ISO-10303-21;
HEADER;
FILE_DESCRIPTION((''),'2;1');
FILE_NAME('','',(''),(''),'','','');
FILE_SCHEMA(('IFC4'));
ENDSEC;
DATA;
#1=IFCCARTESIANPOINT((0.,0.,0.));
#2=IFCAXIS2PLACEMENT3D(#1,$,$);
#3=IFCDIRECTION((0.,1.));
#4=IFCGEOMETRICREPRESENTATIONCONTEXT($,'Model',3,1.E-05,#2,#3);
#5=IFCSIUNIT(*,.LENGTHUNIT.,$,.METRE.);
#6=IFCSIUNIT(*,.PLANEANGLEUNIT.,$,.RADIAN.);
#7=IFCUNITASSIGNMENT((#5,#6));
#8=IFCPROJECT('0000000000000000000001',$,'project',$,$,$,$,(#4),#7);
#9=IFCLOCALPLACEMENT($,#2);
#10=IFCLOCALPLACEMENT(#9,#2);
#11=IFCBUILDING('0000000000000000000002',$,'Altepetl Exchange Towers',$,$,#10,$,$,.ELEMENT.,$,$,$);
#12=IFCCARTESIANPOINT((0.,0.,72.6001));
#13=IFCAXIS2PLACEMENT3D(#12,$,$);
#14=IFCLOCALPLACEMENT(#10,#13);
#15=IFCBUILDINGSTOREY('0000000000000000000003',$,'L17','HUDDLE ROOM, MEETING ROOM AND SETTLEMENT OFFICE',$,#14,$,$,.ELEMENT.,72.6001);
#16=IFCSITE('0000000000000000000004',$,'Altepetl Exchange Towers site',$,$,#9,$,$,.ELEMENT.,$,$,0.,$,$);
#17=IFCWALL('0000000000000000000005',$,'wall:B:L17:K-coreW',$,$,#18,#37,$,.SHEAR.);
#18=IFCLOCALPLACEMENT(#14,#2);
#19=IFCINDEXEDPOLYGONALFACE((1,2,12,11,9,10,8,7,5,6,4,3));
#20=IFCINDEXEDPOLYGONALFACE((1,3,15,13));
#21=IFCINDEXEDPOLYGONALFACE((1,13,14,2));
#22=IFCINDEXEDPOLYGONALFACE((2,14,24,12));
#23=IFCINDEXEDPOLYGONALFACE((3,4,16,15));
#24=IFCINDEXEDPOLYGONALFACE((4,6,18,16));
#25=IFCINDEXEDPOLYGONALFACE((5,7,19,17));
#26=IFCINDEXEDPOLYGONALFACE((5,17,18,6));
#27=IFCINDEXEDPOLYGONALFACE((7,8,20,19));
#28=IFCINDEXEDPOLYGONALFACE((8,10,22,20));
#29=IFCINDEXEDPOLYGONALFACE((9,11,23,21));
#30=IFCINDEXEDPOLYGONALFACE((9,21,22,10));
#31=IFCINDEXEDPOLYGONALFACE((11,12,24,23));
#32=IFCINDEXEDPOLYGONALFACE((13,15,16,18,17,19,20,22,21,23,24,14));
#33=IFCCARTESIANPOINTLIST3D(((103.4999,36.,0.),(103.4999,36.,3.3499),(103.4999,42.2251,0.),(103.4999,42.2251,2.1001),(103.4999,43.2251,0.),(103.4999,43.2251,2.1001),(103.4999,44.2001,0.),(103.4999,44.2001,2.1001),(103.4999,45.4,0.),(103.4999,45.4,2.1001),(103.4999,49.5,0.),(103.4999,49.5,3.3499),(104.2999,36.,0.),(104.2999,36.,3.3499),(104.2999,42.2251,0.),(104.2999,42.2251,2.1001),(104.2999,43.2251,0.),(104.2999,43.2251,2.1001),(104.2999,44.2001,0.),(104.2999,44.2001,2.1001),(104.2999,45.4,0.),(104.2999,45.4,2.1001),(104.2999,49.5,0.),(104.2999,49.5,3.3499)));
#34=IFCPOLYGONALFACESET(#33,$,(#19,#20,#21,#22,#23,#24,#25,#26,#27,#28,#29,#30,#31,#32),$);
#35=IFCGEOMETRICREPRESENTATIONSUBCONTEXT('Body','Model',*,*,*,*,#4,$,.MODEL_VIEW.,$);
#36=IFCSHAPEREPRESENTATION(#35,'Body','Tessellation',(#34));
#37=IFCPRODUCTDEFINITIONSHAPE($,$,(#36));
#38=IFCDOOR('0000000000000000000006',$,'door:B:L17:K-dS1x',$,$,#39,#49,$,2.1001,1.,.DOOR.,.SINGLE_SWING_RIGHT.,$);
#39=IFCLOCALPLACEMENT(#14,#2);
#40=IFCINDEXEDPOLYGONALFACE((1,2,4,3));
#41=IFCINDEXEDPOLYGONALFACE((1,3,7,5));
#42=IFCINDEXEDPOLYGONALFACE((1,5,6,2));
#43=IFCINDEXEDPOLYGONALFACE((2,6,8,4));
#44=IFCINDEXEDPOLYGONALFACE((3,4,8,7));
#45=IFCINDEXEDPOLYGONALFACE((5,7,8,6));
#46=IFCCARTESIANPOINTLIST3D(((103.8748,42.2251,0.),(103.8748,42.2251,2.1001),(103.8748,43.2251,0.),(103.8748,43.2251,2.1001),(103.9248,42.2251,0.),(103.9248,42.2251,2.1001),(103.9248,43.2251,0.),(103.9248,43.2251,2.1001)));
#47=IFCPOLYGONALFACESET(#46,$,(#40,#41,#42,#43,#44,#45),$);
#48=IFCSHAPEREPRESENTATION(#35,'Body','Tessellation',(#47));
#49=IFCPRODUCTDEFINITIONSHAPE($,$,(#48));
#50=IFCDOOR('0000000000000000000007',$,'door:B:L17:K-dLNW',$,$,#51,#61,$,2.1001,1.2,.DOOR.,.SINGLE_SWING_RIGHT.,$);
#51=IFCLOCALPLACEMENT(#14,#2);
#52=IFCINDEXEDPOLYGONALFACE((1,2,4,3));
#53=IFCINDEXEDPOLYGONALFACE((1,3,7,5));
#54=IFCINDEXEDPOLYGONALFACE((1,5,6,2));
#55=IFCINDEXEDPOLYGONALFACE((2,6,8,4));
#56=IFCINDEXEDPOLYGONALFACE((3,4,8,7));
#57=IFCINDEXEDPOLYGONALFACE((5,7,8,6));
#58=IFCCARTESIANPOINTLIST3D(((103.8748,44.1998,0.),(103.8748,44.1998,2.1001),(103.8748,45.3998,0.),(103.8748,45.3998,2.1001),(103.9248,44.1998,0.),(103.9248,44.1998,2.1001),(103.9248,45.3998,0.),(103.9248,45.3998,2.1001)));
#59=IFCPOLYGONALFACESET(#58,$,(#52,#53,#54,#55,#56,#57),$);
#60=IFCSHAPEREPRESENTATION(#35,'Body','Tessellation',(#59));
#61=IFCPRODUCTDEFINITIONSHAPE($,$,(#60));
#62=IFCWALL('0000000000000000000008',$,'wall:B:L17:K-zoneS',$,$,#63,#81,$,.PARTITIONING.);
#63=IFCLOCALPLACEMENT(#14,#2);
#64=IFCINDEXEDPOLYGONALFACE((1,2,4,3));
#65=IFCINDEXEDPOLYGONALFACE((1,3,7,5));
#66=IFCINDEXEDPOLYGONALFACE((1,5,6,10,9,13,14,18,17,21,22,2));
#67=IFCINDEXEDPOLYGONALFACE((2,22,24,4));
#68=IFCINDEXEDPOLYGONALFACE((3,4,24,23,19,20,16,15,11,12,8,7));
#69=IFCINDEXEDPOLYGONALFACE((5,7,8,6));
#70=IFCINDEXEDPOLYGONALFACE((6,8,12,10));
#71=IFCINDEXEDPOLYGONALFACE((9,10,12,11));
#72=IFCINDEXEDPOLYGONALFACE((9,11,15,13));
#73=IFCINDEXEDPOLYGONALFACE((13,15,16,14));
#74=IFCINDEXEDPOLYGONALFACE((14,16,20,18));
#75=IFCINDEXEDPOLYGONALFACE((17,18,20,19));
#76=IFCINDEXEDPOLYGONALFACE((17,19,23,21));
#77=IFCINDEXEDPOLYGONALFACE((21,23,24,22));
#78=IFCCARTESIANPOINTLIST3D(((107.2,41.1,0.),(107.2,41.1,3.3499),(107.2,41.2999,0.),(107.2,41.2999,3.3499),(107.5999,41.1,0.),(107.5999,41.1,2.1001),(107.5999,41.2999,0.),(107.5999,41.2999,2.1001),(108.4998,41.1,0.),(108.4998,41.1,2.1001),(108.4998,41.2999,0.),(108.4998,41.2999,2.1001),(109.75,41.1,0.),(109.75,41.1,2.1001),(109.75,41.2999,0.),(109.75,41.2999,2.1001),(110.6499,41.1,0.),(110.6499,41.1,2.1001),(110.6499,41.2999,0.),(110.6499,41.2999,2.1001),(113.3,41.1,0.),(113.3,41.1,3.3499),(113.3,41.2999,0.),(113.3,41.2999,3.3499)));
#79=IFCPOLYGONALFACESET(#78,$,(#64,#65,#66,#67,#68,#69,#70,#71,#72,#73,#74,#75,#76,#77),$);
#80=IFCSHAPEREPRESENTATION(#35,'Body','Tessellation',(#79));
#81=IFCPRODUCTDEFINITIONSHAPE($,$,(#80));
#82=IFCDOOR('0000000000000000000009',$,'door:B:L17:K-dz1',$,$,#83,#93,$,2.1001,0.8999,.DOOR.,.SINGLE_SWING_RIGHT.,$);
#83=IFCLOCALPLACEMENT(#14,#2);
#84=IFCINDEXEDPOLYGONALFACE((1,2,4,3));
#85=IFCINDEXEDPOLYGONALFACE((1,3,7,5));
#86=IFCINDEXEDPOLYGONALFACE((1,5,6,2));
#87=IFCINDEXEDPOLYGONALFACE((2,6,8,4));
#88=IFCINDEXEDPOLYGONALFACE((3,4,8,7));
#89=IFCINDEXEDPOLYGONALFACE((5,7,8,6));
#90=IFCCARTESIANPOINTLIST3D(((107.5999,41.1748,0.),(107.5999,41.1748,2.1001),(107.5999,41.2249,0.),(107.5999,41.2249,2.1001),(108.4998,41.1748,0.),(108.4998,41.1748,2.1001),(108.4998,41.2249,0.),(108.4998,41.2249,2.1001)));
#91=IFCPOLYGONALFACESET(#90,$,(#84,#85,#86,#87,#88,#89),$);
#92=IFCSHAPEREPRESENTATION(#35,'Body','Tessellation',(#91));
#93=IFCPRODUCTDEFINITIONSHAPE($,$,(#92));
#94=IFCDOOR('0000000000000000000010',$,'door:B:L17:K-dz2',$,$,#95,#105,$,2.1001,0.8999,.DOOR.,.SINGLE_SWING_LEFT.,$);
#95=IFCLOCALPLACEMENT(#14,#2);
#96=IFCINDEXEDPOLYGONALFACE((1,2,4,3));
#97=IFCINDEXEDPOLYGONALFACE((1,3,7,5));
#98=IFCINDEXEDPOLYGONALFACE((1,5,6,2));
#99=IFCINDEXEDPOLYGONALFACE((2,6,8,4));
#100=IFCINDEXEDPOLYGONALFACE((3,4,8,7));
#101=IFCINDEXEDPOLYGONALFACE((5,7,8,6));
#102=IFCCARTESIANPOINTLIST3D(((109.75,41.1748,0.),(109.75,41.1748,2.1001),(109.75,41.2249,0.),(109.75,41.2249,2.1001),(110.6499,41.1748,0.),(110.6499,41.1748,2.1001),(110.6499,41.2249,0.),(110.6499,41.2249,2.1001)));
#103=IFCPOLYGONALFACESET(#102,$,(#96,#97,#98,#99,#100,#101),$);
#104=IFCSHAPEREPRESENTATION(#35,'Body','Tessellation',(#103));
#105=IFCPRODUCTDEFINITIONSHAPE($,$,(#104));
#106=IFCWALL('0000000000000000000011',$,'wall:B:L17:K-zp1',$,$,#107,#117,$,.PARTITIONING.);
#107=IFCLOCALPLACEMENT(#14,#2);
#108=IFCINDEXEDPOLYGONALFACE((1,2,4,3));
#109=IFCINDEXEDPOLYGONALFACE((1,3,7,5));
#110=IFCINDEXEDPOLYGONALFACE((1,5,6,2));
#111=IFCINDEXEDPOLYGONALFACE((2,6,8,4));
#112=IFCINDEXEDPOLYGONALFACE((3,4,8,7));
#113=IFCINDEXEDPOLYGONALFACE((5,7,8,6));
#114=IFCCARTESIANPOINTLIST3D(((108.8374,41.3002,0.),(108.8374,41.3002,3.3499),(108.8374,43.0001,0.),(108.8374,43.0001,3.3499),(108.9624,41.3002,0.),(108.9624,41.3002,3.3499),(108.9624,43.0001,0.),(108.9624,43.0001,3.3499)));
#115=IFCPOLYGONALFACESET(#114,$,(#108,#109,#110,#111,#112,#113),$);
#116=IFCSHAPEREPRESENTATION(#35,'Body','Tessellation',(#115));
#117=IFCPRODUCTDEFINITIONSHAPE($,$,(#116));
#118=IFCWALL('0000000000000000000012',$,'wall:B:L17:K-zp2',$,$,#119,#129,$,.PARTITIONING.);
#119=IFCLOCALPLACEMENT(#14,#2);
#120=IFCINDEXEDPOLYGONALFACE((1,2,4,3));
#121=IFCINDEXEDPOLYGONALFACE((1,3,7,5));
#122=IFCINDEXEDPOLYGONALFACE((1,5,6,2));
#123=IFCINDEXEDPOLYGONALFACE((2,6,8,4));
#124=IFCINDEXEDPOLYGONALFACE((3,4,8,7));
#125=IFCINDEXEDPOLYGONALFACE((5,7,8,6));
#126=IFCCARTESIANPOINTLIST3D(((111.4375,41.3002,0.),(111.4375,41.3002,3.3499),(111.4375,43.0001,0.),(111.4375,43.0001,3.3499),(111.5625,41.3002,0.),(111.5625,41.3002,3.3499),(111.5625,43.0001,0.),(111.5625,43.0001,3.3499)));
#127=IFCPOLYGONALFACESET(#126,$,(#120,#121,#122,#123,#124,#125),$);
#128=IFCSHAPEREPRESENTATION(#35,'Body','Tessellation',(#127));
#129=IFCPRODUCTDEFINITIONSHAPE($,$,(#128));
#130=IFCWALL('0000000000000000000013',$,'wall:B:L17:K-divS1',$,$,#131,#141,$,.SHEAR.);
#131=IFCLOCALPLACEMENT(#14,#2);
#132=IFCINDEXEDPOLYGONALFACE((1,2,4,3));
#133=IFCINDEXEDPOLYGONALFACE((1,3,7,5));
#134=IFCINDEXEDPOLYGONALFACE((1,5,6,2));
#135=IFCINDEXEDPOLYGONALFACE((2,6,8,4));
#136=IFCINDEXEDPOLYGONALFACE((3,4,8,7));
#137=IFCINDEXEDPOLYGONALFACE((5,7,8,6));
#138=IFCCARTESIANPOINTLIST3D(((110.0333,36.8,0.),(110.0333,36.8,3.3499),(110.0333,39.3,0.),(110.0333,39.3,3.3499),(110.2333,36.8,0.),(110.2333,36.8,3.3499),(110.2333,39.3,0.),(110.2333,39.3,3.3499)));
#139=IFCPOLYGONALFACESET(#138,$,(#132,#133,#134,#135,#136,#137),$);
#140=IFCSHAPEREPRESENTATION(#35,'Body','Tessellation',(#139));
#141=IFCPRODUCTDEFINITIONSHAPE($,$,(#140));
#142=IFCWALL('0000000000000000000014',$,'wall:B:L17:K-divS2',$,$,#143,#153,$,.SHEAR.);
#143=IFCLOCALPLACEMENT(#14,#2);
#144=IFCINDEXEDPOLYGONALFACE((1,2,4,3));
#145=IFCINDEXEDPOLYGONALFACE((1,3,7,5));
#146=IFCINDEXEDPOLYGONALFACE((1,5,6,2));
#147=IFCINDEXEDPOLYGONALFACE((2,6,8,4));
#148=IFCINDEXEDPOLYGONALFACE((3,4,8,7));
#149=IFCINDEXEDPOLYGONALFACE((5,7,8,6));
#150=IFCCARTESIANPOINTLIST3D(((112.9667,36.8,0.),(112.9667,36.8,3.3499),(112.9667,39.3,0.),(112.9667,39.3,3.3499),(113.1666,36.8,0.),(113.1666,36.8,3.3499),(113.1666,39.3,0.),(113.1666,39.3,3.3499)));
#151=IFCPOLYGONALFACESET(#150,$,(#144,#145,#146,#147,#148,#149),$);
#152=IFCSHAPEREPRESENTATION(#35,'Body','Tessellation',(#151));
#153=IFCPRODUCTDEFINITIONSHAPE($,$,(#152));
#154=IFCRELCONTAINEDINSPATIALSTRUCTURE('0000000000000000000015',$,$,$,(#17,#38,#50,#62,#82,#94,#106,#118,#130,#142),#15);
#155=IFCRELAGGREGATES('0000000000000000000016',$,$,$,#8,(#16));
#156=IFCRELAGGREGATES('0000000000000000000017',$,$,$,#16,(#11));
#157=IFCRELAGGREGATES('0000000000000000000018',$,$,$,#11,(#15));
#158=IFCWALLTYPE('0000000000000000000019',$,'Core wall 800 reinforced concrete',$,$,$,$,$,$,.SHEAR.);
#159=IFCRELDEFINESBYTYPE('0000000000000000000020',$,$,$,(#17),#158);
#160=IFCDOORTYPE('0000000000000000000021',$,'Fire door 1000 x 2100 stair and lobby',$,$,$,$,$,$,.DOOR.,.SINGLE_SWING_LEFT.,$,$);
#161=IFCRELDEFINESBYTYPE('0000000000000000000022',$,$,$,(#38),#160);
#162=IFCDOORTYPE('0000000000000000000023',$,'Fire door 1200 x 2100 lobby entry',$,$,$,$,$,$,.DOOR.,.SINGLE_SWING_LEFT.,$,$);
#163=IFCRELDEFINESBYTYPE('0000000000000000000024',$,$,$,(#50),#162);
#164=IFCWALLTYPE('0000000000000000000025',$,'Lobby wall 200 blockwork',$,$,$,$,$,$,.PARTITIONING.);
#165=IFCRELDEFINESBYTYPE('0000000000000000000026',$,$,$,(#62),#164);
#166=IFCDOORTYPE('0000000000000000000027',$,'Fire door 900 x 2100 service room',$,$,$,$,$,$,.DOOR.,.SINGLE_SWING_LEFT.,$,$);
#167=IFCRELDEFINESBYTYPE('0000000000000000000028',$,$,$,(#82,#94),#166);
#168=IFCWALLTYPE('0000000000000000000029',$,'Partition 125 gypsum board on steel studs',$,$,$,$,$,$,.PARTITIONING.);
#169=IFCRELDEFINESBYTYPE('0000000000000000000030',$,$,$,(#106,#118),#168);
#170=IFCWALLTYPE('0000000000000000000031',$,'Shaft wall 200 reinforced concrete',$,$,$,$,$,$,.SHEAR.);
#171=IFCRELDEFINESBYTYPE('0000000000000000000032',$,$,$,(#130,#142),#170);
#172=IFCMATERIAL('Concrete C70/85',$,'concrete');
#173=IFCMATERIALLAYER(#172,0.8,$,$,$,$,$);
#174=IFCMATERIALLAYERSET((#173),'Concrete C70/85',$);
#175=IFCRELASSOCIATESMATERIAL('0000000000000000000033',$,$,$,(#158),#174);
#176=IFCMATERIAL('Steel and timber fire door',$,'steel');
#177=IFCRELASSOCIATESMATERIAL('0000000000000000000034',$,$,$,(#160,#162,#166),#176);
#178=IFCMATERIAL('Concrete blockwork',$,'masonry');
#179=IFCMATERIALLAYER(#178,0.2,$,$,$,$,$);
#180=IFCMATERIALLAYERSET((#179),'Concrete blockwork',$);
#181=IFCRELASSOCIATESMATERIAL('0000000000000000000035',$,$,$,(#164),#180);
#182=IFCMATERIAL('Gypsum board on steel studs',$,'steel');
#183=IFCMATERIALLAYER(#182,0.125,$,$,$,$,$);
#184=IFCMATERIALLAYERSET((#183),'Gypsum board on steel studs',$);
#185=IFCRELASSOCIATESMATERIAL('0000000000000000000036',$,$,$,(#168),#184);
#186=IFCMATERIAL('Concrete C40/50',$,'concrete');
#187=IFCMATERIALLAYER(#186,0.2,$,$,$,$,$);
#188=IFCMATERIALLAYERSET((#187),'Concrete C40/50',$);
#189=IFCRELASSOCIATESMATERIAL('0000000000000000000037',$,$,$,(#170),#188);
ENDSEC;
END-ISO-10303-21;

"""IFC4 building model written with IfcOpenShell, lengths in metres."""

from ifc_helpers import new_model, si_unit, direction, frame, frame_2d, origin, place, context, subcontext, project, spatial, rectangle, extrude, material, layer, layer_set, type_object, element, fill, save


model = new_model("IFC4")

# Units and contexts
model_context = context("Model", 3, precision=1e-05, world=origin(), true_north=direction((0.0, 1.0)))
body_context = subcontext(model_context, "Body", "Model", "MODEL_VIEW")
ifc_project = project(units=[si_unit("LENGTHUNIT", "METRE"), si_unit("PLANEANGLEUNIT", "RADIAN")], contexts=[model_context])

# Site, building, storey
site_placement = place(None, origin())
site = spatial("IfcSite", under=ifc_project, at=site_placement, Name="Altepetl Exchange Towers site", CompositionType="ELEMENT", RefElevation=0.0)
building_placement = place(site_placement, origin())
building = spatial("IfcBuilding", under=site, at=building_placement, Name="Altepetl Exchange Towers", CompositionType="ELEMENT")
storey_placement = place(building_placement, frame((0.0, 0.0, 72.6001)))
storey = spatial("IfcBuildingStorey", under=building, at=storey_placement, Name="L17", Description="HUDDLE ROOM, MEETING ROOM AND SETTLEMENT OFFICE", CompositionType="ELEMENT", Elevation=72.6001)

# Shared definitions
ifc_material_1 = material(Name="Concrete C70/85", Category="concrete")

# Shared definitions
ifc_layer_1 = layer(ifc_material_1, 0.8)
ifc_layer_set_1 = layer_set([ifc_layer_1], Name="Concrete C70/85")
wall_type_1 = type_object("IfcWallType", Name="Core wall 800 reinforced concrete", PredefinedType="SHEAR", material=ifc_layer_set_1)
ifc_material_2 = material(Name="Steel and timber fire door", Category="steel")
door_type_1 = type_object("IfcDoorType", Name="Fire door 1000 x 2100 stair and lobby", OperationType="SINGLE_SWING_LEFT", PredefinedType="DOOR", material=ifc_material_2)
door_type_2 = type_object("IfcDoorType", Name="Fire door 1200 x 2100 lobby entry", OperationType="SINGLE_SWING_LEFT", PredefinedType="DOOR", material=ifc_material_2)

# Walls, openings, doors
wall_1_placement = place(storey_placement, frame((103.8999, 36.0, 0.0), z_axis=(0.0, 0.0, 1.0), x_axis=(0.0, 1.0, 0.0)))
wall_1 = element("IfcWall", 1, at=wall_1_placement, inside=storey, type_object=wall_type_1, Name="wall:B:L17:K-coreW", PredefinedType="SHEAR", context=body_context, shape_type="SweptSolid", body=[
    extrude(rectangle(XDim=13.5, YDim=0.8, at=frame_2d((6.75, 0.0))), origin(), (0.0, 0.0, 1.0), 3.3499),
])
opening_1_placement = place(wall_1_placement, frame((8.2, 0.0, 0.0)))
opening_1 = element("IfcOpeningElement", 2, at=opening_1_placement, cuts=wall_1, PredefinedType="OPENING", context=body_context, shape_type="SweptSolid", body=[
    extrude(rectangle(XDim=1.2, YDim=2.1001, at=frame_2d((0.6001, 1.05))), frame((0.0, 0.4102, 0.0), z_axis=(0.0, -1.0, 0.0), x_axis=(1.0, 0.0, 0.0)), (0.0, 0.0, 1.0), 0.8201),
])
opening_2_placement = place(wall_1_placement, frame((6.2251, 0.0, 0.0)))
opening_2 = element("IfcOpeningElement", 3, at=opening_2_placement, cuts=wall_1, PredefinedType="OPENING", context=body_context, shape_type="SweptSolid", body=[
    extrude(rectangle(XDim=1.0, YDim=2.1001, at=frame_2d((0.5, 1.05))), frame((0.0, 0.4102, 0.0), z_axis=(0.0, -1.0, 0.0), x_axis=(1.0, 0.0, 0.0)), (0.0, 0.0, 1.0), 0.8201),
])
door_1_placement = place(opening_2_placement, frame((1.0, 0.0, 0.0), x_axis=(-1.0, 0.0, 0.0)))
door_1 = element("IfcDoor", 4, at=door_1_placement, inside=storey, type_object=door_type_1, Name="door:B:L17:K-dS1x", OperationType="SINGLE_SWING_RIGHT", OverallHeight=2.1001, OverallWidth=1.0, PredefinedType="DOOR", context=body_context, shape_type="SweptSolid", body=[
    extrude(rectangle(XDim=1.0, YDim=2.1001, at=frame_2d((0.5, 1.05))), frame((0.0, 0.0249, 0.0), z_axis=(0.0, -1.0, 0.0), x_axis=(1.0, 0.0, 0.0)), (0.0, 0.0, 1.0), 0.05),
])
fill(opening_2, door_1)
door_2_placement = place(opening_1_placement, frame((1.2, 0.0, 0.0), x_axis=(-1.0, 0.0, 0.0)))
door_2 = element("IfcDoor", 5, at=door_2_placement, inside=storey, type_object=door_type_2, Name="door:B:L17:K-dLNW", OperationType="SINGLE_SWING_RIGHT", OverallHeight=2.1001, OverallWidth=1.2, PredefinedType="DOOR", context=body_context, shape_type="SweptSolid", body=[
    extrude(rectangle(XDim=1.2, YDim=2.1001, at=frame_2d((0.6001, 1.05))), frame((0.0, 0.0249, 0.0), z_axis=(0.0, -1.0, 0.0), x_axis=(1.0, 0.0, 0.0)), (0.0, 0.0, 1.0), 0.05),
])
fill(opening_1, door_2)
ifc_material_3 = material(Name="Concrete blockwork", Category="masonry")
ifc_layer_2 = layer(ifc_material_3, 0.2)
ifc_layer_set_2 = layer_set([ifc_layer_2], Name="Concrete blockwork")
wall_type_2 = type_object("IfcWallType", Name="Lobby wall 200 blockwork", PredefinedType="PARTITIONING", material=ifc_layer_set_2)
wall_2_placement = place(storey_placement, frame((107.2, 41.2, 0.0)))
wall_2 = element("IfcWall", 6, at=wall_2_placement, inside=storey, type_object=wall_type_2, Name="wall:B:L17:K-zoneS", PredefinedType="PARTITIONING", context=body_context, shape_type="SweptSolid", body=[
    extrude(rectangle(XDim=6.1001, YDim=0.2, at=frame_2d((3.05, 0.0))), origin(), (0.0, 0.0, 1.0), 3.3499),
])
opening_3_placement = place(wall_2_placement, frame((0.3999, 0.0, 0.0)))
opening_3 = element("IfcOpeningElement", 7, at=opening_3_placement, cuts=wall_2, PredefinedType="OPENING", context=body_context, shape_type="SweptSolid", body=[
    extrude(rectangle(XDim=0.8999, YDim=2.1001, at=frame_2d((0.45, 1.05))), frame((0.0, 0.1099, 0.0), z_axis=(0.0, -1.0, 0.0), x_axis=(1.0, 0.0, 0.0)), (0.0, 0.0, 1.0), 0.22),
])
opening_4_placement = place(wall_2_placement, frame((2.55, 0.0, 0.0)))
opening_4 = element("IfcOpeningElement", 8, at=opening_4_placement, cuts=wall_2, PredefinedType="OPENING", context=body_context, shape_type="SweptSolid", body=[
    extrude(rectangle(XDim=0.8999, YDim=2.1001, at=frame_2d((0.45, 1.05))), frame((0.0, 0.1099, 0.0), z_axis=(0.0, -1.0, 0.0), x_axis=(1.0, 0.0, 0.0)), (0.0, 0.0, 1.0), 0.22),
])
door_type_3 = type_object("IfcDoorType", Name="Fire door 900 x 2100 service room", OperationType="SINGLE_SWING_LEFT", PredefinedType="DOOR", material=ifc_material_2)
door_3_placement = place(opening_3_placement, origin())
door_3 = element("IfcDoor", 9, at=door_3_placement, inside=storey, type_object=door_type_3, Name="door:B:L17:K-dz1", OperationType="SINGLE_SWING_RIGHT", OverallHeight=2.1001, OverallWidth=0.8999, PredefinedType="DOOR", context=body_context, shape_type="SweptSolid", body=[
    extrude(rectangle(XDim=0.8999, YDim=2.1001, at=frame_2d((0.45, 1.05))), frame((0.0, 0.0249, 0.0), z_axis=(0.0, -1.0, 0.0), x_axis=(1.0, 0.0, 0.0)), (0.0, 0.0, 1.0), 0.05),
])
fill(opening_3, door_3)
door_4_placement = place(opening_4_placement, origin())
door_4 = element("IfcDoor", 10, at=door_4_placement, inside=storey, type_object=door_type_3, Name="door:B:L17:K-dz2", OperationType="SINGLE_SWING_LEFT", OverallHeight=2.1001, OverallWidth=0.8999, PredefinedType="DOOR", context=body_context, shape_type="SweptSolid", body=[
    extrude(rectangle(XDim=0.8999, YDim=2.1001, at=frame_2d((0.45, 1.05))), frame((0.0, 0.0249, 0.0), z_axis=(0.0, -1.0, 0.0), x_axis=(1.0, 0.0, 0.0)), (0.0, 0.0, 1.0), 0.05),
])
fill(opening_4, door_4)

# Walls
ifc_material_4 = material(Name="Gypsum board on steel studs", Category="steel")
ifc_layer_3 = layer(ifc_material_4, 0.125)
ifc_layer_set_3 = layer_set([ifc_layer_3], Name="Gypsum board on steel studs")
wall_type_3 = type_object("IfcWallType", Name="Partition 125 gypsum board on steel studs", PredefinedType="PARTITIONING", material=ifc_layer_set_3)
for number, where, z_axis, x_axis, name in (
    (11, (108.8999, 41.3, 0.0), (0.0, 0.0, 1.0), (0.0, 1.0, 0.0), "wall:B:L17:K-zp1"),
    (12, (111.5, 41.3, 0.0), (0.0, 0.0, 1.0), (0.0, 1.0, 0.0), "wall:B:L17:K-zp2"),
):
    element("IfcWall", number, at=place(storey_placement, frame(where, z_axis=z_axis, x_axis=x_axis)), inside=storey, type_object=wall_type_3, Name=name, PredefinedType="PARTITIONING", context=body_context, shape_type="SweptSolid", body=[
        extrude(rectangle(XDim=1.7, YDim=0.125, at=frame_2d((0.8501, 0.0))), origin(), (0.0, 0.0, 1.0), 3.3499),
    ])
ifc_material_5 = material(Name="Concrete C40/50", Category="concrete")
ifc_layer_4 = layer(ifc_material_5, 0.2)
ifc_layer_set_4 = layer_set([ifc_layer_4], Name="Concrete C40/50")
wall_type_4 = type_object("IfcWallType", Name="Shaft wall 200 reinforced concrete", PredefinedType="SHEAR", material=ifc_layer_set_4)
for number, where, z_axis, x_axis, name in (
    (13, (110.1333, 36.8, 0.0), (0.0, 0.0, 1.0), (0.0, 1.0, 0.0), "wall:B:L17:K-divS1"),
    (14, (113.0667, 36.8, 0.0), (0.0, 0.0, 1.0), (0.0, 1.0, 0.0), "wall:B:L17:K-divS2"),
):
    element("IfcWall", number, at=place(storey_placement, frame(where, z_axis=z_axis, x_axis=x_axis)), inside=storey, type_object=wall_type_4, Name=name, PredefinedType="SHEAR", context=body_context, shape_type="SweptSolid", body=[
        extrude(rectangle(XDim=2.5, YDim=0.2, at=frame_2d((1.25, 0.0))), origin(), (0.0, 0.0, 1.0), 3.3499),
    ])

save(model, "model.ifc")
